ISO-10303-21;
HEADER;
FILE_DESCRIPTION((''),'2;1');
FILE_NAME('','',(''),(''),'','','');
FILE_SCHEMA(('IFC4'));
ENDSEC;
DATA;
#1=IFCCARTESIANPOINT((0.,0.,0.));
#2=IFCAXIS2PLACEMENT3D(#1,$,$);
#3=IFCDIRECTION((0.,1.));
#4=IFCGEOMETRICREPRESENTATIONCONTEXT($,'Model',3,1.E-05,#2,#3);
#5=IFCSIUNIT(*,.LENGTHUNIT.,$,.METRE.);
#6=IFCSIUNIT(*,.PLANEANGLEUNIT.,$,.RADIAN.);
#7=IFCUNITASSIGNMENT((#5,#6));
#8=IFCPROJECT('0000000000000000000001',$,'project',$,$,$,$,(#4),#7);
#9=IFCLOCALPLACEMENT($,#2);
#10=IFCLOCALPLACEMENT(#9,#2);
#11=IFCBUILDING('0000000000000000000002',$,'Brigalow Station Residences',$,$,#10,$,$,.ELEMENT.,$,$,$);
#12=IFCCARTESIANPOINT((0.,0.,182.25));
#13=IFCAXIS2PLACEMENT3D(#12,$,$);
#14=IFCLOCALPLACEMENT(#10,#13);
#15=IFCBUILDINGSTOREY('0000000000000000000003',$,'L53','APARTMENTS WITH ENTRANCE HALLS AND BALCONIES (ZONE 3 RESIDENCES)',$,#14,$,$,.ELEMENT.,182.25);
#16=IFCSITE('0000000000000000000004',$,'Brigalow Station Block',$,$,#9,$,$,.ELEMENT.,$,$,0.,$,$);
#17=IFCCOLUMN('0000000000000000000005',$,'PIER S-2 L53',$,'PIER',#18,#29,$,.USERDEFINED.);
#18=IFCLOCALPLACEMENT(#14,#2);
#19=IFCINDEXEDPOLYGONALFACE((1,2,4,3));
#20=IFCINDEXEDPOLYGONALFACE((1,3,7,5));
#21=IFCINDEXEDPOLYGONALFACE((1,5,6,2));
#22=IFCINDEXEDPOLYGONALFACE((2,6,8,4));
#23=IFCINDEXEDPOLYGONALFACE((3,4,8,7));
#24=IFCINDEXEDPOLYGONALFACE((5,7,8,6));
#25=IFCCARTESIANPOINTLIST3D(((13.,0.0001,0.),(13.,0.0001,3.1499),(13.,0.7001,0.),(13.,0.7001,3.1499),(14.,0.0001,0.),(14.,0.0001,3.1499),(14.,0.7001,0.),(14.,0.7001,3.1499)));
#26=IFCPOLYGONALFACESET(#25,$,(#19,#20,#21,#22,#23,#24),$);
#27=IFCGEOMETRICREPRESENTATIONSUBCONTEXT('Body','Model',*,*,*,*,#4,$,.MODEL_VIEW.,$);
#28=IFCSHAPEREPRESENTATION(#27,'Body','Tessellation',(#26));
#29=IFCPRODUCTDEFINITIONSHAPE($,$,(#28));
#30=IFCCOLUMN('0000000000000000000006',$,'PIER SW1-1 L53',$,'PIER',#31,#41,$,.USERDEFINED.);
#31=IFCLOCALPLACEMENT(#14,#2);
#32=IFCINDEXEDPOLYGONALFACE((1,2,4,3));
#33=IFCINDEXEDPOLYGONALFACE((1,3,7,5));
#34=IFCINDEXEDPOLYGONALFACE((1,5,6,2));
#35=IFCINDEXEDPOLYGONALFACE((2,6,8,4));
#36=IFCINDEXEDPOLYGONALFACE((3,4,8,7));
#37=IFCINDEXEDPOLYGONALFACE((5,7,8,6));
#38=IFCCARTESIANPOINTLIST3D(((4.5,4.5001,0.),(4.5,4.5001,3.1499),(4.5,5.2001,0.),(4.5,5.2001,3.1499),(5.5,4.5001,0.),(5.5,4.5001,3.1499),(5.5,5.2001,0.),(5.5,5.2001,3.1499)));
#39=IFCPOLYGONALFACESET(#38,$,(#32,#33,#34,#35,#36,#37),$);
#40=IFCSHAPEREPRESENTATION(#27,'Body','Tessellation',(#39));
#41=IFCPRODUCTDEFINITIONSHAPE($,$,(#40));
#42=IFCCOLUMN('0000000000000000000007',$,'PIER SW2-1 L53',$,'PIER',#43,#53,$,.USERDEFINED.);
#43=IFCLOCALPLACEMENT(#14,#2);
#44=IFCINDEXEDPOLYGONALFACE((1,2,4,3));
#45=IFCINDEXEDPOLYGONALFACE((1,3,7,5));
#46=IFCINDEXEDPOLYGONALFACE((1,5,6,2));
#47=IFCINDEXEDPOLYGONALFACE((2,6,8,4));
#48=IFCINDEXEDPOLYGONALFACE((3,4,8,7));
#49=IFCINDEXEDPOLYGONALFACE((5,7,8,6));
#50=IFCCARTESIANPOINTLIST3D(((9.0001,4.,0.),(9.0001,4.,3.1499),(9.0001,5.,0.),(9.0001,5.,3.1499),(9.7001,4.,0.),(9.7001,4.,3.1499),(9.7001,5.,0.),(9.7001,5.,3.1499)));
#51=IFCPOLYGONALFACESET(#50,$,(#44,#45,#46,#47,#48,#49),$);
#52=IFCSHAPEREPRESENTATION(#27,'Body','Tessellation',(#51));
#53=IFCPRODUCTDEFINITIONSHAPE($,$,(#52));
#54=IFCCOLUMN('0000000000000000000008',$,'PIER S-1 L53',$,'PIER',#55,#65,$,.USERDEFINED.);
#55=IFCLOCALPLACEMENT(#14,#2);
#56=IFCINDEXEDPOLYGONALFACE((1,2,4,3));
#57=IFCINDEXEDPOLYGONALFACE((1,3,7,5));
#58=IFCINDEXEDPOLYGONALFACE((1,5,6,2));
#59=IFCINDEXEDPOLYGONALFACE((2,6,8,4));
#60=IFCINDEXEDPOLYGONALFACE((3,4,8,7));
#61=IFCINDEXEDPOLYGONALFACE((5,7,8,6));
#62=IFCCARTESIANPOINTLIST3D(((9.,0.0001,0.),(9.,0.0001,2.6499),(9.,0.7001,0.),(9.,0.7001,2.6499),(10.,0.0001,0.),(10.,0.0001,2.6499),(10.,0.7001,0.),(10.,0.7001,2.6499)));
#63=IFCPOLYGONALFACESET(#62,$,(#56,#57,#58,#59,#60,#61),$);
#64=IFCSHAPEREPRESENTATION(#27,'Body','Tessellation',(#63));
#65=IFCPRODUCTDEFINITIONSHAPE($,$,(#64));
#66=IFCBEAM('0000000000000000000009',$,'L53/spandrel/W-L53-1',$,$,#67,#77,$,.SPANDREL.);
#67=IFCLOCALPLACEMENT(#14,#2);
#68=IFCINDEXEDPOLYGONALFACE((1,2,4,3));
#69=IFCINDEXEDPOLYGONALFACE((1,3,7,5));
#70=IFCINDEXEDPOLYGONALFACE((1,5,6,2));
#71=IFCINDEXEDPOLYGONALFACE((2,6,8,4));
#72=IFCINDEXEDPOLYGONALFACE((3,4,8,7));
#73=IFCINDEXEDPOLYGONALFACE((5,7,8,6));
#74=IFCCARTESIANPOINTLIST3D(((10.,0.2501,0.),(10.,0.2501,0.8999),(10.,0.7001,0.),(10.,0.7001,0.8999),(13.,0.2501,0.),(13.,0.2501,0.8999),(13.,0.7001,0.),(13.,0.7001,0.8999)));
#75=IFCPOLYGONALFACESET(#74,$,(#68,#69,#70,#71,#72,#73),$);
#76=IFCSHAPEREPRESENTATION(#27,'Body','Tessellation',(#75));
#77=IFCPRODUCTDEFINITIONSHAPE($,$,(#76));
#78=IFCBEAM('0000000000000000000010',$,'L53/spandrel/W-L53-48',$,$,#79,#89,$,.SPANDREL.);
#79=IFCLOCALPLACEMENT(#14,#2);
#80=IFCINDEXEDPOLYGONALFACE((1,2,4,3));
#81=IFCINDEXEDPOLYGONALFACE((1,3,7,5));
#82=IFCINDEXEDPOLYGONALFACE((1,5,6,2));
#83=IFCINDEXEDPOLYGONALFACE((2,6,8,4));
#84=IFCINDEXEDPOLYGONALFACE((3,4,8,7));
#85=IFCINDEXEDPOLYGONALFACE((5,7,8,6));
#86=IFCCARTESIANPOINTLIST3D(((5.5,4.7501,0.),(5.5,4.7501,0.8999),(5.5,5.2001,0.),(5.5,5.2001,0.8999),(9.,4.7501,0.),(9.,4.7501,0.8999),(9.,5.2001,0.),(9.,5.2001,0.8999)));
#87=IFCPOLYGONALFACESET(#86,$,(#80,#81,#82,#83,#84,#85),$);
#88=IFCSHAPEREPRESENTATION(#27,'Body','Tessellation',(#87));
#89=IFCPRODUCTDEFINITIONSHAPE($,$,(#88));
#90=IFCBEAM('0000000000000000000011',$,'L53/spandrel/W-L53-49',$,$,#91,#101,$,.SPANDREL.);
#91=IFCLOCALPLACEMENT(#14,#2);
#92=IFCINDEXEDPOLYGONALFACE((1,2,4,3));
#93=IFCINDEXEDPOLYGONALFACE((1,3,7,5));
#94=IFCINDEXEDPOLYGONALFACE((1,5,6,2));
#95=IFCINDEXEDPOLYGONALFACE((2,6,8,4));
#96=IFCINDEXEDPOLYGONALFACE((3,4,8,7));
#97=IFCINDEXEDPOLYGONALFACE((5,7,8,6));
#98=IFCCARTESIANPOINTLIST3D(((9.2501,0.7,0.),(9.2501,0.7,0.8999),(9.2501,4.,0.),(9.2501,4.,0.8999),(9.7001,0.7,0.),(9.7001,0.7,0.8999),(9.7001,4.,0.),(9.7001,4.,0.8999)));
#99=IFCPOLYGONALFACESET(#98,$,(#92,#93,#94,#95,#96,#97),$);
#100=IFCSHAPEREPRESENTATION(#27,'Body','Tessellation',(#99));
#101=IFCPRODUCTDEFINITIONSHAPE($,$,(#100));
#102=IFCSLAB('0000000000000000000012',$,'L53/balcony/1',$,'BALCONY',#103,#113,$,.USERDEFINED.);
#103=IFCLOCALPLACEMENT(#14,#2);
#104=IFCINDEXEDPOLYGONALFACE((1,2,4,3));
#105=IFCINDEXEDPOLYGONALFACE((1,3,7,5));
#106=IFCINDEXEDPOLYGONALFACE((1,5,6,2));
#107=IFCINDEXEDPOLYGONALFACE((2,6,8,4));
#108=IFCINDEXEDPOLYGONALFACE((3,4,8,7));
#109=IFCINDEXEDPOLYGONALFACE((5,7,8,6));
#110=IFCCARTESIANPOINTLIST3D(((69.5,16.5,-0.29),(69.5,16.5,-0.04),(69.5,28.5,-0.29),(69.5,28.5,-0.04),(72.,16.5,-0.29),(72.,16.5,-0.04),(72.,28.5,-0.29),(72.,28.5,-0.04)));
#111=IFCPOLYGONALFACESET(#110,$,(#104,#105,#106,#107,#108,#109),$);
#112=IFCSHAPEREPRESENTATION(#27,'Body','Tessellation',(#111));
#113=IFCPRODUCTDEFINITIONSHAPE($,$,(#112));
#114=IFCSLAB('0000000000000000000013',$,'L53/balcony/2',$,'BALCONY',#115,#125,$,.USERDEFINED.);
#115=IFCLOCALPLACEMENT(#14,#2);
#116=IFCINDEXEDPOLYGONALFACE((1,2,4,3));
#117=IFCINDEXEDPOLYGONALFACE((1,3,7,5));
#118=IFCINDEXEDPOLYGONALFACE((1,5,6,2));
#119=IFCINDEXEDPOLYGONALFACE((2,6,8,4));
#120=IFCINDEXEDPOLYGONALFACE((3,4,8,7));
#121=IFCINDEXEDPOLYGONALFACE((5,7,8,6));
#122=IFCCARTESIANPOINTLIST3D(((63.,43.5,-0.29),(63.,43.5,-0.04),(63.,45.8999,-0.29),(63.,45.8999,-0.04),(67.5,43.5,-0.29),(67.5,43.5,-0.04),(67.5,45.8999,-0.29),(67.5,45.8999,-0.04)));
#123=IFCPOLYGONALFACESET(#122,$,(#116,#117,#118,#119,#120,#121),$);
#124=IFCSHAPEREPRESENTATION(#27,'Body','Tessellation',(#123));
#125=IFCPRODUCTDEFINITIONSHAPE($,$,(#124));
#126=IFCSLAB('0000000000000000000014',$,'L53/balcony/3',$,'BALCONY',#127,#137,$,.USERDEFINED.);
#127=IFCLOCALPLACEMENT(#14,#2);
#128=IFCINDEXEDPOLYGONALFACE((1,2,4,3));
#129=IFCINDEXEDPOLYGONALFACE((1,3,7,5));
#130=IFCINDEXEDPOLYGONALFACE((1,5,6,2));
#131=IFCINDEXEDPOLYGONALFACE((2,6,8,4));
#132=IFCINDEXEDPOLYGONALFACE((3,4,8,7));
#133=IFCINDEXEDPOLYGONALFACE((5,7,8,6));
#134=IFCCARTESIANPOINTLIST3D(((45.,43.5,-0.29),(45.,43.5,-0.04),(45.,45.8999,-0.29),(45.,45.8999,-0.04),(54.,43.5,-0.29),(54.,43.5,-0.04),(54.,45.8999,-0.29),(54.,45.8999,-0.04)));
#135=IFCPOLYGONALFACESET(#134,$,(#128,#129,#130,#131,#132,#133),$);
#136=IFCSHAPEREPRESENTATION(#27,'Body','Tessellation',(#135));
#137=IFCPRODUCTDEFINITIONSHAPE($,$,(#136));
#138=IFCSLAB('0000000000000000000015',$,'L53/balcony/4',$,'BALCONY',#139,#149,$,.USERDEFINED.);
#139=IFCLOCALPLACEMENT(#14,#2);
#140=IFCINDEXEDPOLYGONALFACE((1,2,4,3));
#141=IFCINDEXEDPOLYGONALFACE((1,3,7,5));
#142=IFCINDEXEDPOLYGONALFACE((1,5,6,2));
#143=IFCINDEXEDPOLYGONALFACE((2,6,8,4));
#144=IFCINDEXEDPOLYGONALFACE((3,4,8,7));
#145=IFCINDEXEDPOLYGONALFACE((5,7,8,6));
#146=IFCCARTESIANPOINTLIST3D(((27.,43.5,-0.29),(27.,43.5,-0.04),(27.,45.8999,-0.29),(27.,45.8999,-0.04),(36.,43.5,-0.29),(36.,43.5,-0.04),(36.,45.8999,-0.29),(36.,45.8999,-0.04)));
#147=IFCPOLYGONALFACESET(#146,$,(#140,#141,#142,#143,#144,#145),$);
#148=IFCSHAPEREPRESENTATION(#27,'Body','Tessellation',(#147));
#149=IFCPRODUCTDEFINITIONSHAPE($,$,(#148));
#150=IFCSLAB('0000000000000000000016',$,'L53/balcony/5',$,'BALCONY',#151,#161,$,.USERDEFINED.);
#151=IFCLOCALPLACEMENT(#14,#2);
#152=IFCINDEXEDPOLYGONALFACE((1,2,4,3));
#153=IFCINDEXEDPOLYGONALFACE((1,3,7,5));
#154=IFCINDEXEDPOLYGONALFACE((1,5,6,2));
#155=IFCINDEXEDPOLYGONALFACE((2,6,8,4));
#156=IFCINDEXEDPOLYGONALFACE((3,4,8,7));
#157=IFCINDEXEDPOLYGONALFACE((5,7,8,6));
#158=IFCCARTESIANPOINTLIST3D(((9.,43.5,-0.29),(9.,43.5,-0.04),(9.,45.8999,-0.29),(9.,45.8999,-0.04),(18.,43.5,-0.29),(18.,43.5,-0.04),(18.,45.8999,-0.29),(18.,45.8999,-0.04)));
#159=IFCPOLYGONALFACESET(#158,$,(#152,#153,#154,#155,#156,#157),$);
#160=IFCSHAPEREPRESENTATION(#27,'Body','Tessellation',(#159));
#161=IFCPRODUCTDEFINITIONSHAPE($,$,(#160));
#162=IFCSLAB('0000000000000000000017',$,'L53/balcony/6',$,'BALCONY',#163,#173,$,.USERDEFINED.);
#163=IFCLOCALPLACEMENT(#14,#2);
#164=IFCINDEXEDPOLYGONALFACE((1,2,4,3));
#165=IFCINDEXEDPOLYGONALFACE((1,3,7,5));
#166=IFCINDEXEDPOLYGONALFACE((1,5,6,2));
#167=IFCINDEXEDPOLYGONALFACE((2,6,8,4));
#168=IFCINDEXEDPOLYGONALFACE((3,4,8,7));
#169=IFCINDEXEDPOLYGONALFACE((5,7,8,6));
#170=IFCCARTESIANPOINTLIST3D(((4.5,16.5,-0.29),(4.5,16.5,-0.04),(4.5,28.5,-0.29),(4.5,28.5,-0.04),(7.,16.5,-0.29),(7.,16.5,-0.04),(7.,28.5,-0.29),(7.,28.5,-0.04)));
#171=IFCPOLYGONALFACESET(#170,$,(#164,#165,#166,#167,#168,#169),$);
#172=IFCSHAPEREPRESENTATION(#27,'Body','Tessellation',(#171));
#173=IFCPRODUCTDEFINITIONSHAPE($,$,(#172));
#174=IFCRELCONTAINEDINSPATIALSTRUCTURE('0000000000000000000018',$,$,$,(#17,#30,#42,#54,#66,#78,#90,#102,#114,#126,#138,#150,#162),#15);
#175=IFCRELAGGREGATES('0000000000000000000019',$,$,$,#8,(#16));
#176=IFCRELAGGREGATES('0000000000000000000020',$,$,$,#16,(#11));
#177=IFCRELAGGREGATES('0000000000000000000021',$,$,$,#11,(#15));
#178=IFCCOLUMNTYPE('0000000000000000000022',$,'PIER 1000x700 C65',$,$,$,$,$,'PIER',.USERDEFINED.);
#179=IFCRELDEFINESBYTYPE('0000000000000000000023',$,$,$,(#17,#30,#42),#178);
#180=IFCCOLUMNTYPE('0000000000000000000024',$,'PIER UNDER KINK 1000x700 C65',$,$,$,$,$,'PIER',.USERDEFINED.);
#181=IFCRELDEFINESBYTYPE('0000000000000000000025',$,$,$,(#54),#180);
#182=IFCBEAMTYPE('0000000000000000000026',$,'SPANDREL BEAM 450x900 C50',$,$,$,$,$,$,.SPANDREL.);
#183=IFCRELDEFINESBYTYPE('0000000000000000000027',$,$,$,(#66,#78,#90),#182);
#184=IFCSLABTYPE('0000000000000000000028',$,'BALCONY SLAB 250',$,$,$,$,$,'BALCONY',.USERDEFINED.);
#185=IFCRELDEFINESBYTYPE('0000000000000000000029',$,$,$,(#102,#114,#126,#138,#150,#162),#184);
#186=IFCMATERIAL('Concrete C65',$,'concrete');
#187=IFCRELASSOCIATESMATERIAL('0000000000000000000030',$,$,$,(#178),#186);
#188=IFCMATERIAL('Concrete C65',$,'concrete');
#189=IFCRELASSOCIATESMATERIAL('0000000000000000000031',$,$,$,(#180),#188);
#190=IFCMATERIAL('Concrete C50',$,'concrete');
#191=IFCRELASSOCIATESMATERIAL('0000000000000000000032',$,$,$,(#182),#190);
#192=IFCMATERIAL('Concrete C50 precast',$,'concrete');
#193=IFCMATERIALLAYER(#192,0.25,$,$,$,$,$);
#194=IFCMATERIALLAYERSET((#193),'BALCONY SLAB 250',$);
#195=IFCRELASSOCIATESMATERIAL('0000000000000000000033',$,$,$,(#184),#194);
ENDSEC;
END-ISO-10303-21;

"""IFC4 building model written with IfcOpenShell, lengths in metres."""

from ifc_helpers import new_model, si_unit, direction, frame, origin, origin_2d, place, context, subcontext, project, spatial, polyline, rectangle, outline, extrude, material, layer, layer_set, material_profile, profile_set, type_object, element, save


model = new_model("IFC4")

# Units and contexts
model_context = context("Model", 3, precision=1e-05, world=origin(), true_north=direction((0.0, 1.0)))
body_context = subcontext(model_context, "Body", "Model", "MODEL_VIEW")
ifc_project = project(units=[si_unit("LENGTHUNIT", "METRE"), si_unit("PLANEANGLEUNIT", "RADIAN")], contexts=[model_context])

# Site, building, storey
site_placement = place(None, origin())
site = spatial("IfcSite", under=ifc_project, at=site_placement, Name="Brigalow Station Block", CompositionType="ELEMENT", RefElevation=0.0)
building_placement = place(site_placement, origin())
building = spatial("IfcBuilding", under=site, at=building_placement, Name="Brigalow Station Residences", CompositionType="ELEMENT")
storey_placement = place(building_placement, frame((0.0, 0.0, 182.25)))
storey = spatial("IfcBuildingStorey", under=building, at=storey_placement, Name="L53", Description="APARTMENTS WITH ENTRANCE HALLS AND BALCONIES (ZONE 3 RESIDENCES)", CompositionType="ELEMENT", Elevation=182.25)

# Columns
ifc_material_1 = material(Name="Concrete C65", Category="concrete")
ifc_material_profile_1 = material_profile(ifc_material_1, rectangle(XDim=1.0, YDim=0.7, at=origin_2d()), Name="RC1000x700")
ifc_profile_set_1 = profile_set([ifc_material_profile_1], Name="Concrete C65")
column_type_1 = type_object("IfcColumnType", Name="PIER 1000x700 C65", ElementType="PIER", PredefinedType="USERDEFINED", material=ifc_profile_set_1)
for number, where, z_axis, x_axis, name in (
    (1, (13.5, 0.3501, 0.0), (0.0, 0.0, 1.0), (1.0, 0.0, 0.0), "PIER S-2 L53"),
    (2, (5.0, 4.8501, 0.0), (0.0, 0.0, 1.0), (1.0, 0.0, 0.0), "PIER SW1-1 L53"),
    (3, (9.3501, 4.5, 0.0), (0.0, 0.0, 1.0), (0.0, -1.0, 0.0), "PIER SW2-1 L53"),
):
    element("IfcColumn", number, at=place(storey_placement, frame(where, z_axis=z_axis, x_axis=x_axis)), inside=storey, type_object=column_type_1, Name=name, ObjectType="PIER", PredefinedType="USERDEFINED", context=body_context, shape_type="SweptSolid", body=[
        extrude(rectangle(XDim=1.0, YDim=0.7, at=origin_2d()), origin(), (0.0, 0.0, 1.0), 3.1499),
    ])
ifc_material_2 = material(Name="Concrete C65", Category="concrete")
ifc_material_profile_2 = material_profile(ifc_material_2, rectangle(XDim=1.0, YDim=0.7, at=origin_2d()), Name="RC1000x700")
ifc_profile_set_2 = profile_set([ifc_material_profile_2], Name="Concrete C65")
column_type_2 = type_object("IfcColumnType", Name="PIER UNDER KINK 1000x700 C65", ElementType="PIER", PredefinedType="USERDEFINED", material=ifc_profile_set_2)
column_placement = place(storey_placement, frame((9.5, 0.3501, 0.0), z_axis=(0.0, 0.0, 1.0), x_axis=(1.0, 0.0, 0.0)))
element("IfcColumn", 4, at=column_placement, inside=storey, type_object=column_type_2, Name="PIER S-1 L53", ObjectType="PIER", PredefinedType="USERDEFINED", context=body_context, shape_type="SweptSolid", body=[
    extrude(rectangle(XDim=1.0, YDim=0.7, at=origin_2d()), origin(), (0.0, 0.0, 1.0), 2.6499),
])

# Beams
ifc_material_3 = material(Name="Concrete C50", Category="concrete")
ifc_material_profile_3 = material_profile(ifc_material_3, rectangle(XDim=0.45, YDim=0.8999, at=origin_2d()), Name="RC450x900")
ifc_profile_set_3 = profile_set([ifc_material_profile_3], Name="Concrete C50")
beam_type = type_object("IfcBeamType", Name="SPANDREL BEAM 450x900 C50", PredefinedType="SPANDREL", material=ifc_profile_set_3)
beam_1_placement = place(storey_placement, frame((10.0, 0.4751, 0.45), z_axis=(1.0, 0.0, 0.0), x_axis=(0.0, 1.0, 0.0)))
element("IfcBeam", 5, at=beam_1_placement, inside=storey, type_object=beam_type, Name="L53/spandrel/W-L53-1", PredefinedType="SPANDREL", context=body_context, shape_type="SweptSolid", body=[
    extrude(rectangle(XDim=0.45, YDim=0.8999, at=origin_2d()), origin(), (0.0, 0.0, 1.0), 3.0),
])
beam_2_placement = place(storey_placement, frame((5.5, 4.9751, 0.45), z_axis=(1.0, 0.0, 0.0), x_axis=(0.0, 1.0, 0.0)))
element("IfcBeam", 6, at=beam_2_placement, inside=storey, type_object=beam_type, Name="L53/spandrel/W-L53-48", PredefinedType="SPANDREL", context=body_context, shape_type="SweptSolid", body=[
    extrude(rectangle(XDim=0.45, YDim=0.8999, at=origin_2d()), origin(), (0.0, 0.0, 1.0), 3.5),
])
beam_3_placement = place(storey_placement, frame((9.4751, 4.0, 0.45), z_axis=(0.0, -1.0, 0.0), x_axis=(1.0, 0.0, 0.0)))
element("IfcBeam", 7, at=beam_3_placement, inside=storey, type_object=beam_type, Name="L53/spandrel/W-L53-49", PredefinedType="SPANDREL", context=body_context, shape_type="SweptSolid", body=[
    extrude(rectangle(XDim=0.45, YDim=0.8999, at=origin_2d()), origin(), (0.0, 0.0, 1.0), 3.3),
])

# Slabs
ifc_material_4 = material(Name="Concrete C50 precast", Category="concrete")
ifc_layer_1 = layer(ifc_material_4, 0.25)
ifc_layer_set_1 = layer_set([ifc_layer_1], Name="BALCONY SLAB 250")
slab_type_1 = type_object("IfcSlabType", Name="BALCONY SLAB 250", ElementType="BALCONY", PredefinedType="USERDEFINED", material=ifc_layer_set_1)
slab_1_placement = place(storey_placement, frame((0.0, 0.0, -0.29)))
element("IfcSlab", 8, at=slab_1_placement, inside=storey, type_object=slab_type_1, Name="L53/balcony/1", ObjectType="BALCONY", PredefinedType="USERDEFINED", context=body_context, shape_type="SweptSolid", body=[
    extrude(outline(polyline([(69.5, 16.5), (72.0, 16.5), (72.0, 28.5), (69.5, 28.5), (69.5, 16.5)])), origin(), (0.0, 0.0, 1.0), 0.25),
])
slab_2_placement = place(storey_placement, frame((0.0, 0.0, -0.29)))
element("IfcSlab", 9, at=slab_2_placement, inside=storey, type_object=slab_type_1, Name="L53/balcony/2", ObjectType="BALCONY", PredefinedType="USERDEFINED", context=body_context, shape_type="SweptSolid", body=[
    extrude(outline(polyline([(67.5, 43.5), (67.5, 45.8999), (63.0, 45.8999), (63.0, 43.5), (67.5, 43.5)])), origin(), (0.0, 0.0, 1.0), 0.25),
])
slab_3_placement = place(storey_placement, frame((0.0, 0.0, -0.29)))
element("IfcSlab", 10, at=slab_3_placement, inside=storey, type_object=slab_type_1, Name="L53/balcony/3", ObjectType="BALCONY", PredefinedType="USERDEFINED", context=body_context, shape_type="SweptSolid", body=[
    extrude(outline(polyline([(54.0, 43.5), (54.0, 45.8999), (45.0, 45.8999), (45.0, 43.5), (54.0, 43.5)])), origin(), (0.0, 0.0, 1.0), 0.25),
])
slab_4_placement = place(storey_placement, frame((0.0, 0.0, -0.29)))
element("IfcSlab", 11, at=slab_4_placement, inside=storey, type_object=slab_type_1, Name="L53/balcony/4", ObjectType="BALCONY", PredefinedType="USERDEFINED", context=body_context, shape_type="SweptSolid", body=[
    extrude(outline(polyline([(36.0, 43.5), (36.0, 45.8999), (27.0, 45.8999), (27.0, 43.5), (36.0, 43.5)])), origin(), (0.0, 0.0, 1.0), 0.25),
])
slab_5_placement = place(storey_placement, frame((0.0, 0.0, -0.29)))
element("IfcSlab", 12, at=slab_5_placement, inside=storey, type_object=slab_type_1, Name="L53/balcony/5", ObjectType="BALCONY", PredefinedType="USERDEFINED", context=body_context, shape_type="SweptSolid", body=[
    extrude(outline(polyline([(18.0, 43.5), (18.0, 45.8999), (9.0, 45.8999), (9.0, 43.5), (18.0, 43.5)])), origin(), (0.0, 0.0, 1.0), 0.25),
])
slab_6_placement = place(storey_placement, frame((0.0, 0.0, -0.29)))
element("IfcSlab", 13, at=slab_6_placement, inside=storey, type_object=slab_type_1, Name="L53/balcony/6", ObjectType="BALCONY", PredefinedType="USERDEFINED", context=body_context, shape_type="SweptSolid", body=[
    extrude(outline(polyline([(7.0, 28.5), (4.5, 28.5), (4.5, 16.5), (7.0, 16.5), (7.0, 28.5)])), origin(), (0.0, 0.0, 1.0), 0.25),
])

save(model, "model.ifc")
